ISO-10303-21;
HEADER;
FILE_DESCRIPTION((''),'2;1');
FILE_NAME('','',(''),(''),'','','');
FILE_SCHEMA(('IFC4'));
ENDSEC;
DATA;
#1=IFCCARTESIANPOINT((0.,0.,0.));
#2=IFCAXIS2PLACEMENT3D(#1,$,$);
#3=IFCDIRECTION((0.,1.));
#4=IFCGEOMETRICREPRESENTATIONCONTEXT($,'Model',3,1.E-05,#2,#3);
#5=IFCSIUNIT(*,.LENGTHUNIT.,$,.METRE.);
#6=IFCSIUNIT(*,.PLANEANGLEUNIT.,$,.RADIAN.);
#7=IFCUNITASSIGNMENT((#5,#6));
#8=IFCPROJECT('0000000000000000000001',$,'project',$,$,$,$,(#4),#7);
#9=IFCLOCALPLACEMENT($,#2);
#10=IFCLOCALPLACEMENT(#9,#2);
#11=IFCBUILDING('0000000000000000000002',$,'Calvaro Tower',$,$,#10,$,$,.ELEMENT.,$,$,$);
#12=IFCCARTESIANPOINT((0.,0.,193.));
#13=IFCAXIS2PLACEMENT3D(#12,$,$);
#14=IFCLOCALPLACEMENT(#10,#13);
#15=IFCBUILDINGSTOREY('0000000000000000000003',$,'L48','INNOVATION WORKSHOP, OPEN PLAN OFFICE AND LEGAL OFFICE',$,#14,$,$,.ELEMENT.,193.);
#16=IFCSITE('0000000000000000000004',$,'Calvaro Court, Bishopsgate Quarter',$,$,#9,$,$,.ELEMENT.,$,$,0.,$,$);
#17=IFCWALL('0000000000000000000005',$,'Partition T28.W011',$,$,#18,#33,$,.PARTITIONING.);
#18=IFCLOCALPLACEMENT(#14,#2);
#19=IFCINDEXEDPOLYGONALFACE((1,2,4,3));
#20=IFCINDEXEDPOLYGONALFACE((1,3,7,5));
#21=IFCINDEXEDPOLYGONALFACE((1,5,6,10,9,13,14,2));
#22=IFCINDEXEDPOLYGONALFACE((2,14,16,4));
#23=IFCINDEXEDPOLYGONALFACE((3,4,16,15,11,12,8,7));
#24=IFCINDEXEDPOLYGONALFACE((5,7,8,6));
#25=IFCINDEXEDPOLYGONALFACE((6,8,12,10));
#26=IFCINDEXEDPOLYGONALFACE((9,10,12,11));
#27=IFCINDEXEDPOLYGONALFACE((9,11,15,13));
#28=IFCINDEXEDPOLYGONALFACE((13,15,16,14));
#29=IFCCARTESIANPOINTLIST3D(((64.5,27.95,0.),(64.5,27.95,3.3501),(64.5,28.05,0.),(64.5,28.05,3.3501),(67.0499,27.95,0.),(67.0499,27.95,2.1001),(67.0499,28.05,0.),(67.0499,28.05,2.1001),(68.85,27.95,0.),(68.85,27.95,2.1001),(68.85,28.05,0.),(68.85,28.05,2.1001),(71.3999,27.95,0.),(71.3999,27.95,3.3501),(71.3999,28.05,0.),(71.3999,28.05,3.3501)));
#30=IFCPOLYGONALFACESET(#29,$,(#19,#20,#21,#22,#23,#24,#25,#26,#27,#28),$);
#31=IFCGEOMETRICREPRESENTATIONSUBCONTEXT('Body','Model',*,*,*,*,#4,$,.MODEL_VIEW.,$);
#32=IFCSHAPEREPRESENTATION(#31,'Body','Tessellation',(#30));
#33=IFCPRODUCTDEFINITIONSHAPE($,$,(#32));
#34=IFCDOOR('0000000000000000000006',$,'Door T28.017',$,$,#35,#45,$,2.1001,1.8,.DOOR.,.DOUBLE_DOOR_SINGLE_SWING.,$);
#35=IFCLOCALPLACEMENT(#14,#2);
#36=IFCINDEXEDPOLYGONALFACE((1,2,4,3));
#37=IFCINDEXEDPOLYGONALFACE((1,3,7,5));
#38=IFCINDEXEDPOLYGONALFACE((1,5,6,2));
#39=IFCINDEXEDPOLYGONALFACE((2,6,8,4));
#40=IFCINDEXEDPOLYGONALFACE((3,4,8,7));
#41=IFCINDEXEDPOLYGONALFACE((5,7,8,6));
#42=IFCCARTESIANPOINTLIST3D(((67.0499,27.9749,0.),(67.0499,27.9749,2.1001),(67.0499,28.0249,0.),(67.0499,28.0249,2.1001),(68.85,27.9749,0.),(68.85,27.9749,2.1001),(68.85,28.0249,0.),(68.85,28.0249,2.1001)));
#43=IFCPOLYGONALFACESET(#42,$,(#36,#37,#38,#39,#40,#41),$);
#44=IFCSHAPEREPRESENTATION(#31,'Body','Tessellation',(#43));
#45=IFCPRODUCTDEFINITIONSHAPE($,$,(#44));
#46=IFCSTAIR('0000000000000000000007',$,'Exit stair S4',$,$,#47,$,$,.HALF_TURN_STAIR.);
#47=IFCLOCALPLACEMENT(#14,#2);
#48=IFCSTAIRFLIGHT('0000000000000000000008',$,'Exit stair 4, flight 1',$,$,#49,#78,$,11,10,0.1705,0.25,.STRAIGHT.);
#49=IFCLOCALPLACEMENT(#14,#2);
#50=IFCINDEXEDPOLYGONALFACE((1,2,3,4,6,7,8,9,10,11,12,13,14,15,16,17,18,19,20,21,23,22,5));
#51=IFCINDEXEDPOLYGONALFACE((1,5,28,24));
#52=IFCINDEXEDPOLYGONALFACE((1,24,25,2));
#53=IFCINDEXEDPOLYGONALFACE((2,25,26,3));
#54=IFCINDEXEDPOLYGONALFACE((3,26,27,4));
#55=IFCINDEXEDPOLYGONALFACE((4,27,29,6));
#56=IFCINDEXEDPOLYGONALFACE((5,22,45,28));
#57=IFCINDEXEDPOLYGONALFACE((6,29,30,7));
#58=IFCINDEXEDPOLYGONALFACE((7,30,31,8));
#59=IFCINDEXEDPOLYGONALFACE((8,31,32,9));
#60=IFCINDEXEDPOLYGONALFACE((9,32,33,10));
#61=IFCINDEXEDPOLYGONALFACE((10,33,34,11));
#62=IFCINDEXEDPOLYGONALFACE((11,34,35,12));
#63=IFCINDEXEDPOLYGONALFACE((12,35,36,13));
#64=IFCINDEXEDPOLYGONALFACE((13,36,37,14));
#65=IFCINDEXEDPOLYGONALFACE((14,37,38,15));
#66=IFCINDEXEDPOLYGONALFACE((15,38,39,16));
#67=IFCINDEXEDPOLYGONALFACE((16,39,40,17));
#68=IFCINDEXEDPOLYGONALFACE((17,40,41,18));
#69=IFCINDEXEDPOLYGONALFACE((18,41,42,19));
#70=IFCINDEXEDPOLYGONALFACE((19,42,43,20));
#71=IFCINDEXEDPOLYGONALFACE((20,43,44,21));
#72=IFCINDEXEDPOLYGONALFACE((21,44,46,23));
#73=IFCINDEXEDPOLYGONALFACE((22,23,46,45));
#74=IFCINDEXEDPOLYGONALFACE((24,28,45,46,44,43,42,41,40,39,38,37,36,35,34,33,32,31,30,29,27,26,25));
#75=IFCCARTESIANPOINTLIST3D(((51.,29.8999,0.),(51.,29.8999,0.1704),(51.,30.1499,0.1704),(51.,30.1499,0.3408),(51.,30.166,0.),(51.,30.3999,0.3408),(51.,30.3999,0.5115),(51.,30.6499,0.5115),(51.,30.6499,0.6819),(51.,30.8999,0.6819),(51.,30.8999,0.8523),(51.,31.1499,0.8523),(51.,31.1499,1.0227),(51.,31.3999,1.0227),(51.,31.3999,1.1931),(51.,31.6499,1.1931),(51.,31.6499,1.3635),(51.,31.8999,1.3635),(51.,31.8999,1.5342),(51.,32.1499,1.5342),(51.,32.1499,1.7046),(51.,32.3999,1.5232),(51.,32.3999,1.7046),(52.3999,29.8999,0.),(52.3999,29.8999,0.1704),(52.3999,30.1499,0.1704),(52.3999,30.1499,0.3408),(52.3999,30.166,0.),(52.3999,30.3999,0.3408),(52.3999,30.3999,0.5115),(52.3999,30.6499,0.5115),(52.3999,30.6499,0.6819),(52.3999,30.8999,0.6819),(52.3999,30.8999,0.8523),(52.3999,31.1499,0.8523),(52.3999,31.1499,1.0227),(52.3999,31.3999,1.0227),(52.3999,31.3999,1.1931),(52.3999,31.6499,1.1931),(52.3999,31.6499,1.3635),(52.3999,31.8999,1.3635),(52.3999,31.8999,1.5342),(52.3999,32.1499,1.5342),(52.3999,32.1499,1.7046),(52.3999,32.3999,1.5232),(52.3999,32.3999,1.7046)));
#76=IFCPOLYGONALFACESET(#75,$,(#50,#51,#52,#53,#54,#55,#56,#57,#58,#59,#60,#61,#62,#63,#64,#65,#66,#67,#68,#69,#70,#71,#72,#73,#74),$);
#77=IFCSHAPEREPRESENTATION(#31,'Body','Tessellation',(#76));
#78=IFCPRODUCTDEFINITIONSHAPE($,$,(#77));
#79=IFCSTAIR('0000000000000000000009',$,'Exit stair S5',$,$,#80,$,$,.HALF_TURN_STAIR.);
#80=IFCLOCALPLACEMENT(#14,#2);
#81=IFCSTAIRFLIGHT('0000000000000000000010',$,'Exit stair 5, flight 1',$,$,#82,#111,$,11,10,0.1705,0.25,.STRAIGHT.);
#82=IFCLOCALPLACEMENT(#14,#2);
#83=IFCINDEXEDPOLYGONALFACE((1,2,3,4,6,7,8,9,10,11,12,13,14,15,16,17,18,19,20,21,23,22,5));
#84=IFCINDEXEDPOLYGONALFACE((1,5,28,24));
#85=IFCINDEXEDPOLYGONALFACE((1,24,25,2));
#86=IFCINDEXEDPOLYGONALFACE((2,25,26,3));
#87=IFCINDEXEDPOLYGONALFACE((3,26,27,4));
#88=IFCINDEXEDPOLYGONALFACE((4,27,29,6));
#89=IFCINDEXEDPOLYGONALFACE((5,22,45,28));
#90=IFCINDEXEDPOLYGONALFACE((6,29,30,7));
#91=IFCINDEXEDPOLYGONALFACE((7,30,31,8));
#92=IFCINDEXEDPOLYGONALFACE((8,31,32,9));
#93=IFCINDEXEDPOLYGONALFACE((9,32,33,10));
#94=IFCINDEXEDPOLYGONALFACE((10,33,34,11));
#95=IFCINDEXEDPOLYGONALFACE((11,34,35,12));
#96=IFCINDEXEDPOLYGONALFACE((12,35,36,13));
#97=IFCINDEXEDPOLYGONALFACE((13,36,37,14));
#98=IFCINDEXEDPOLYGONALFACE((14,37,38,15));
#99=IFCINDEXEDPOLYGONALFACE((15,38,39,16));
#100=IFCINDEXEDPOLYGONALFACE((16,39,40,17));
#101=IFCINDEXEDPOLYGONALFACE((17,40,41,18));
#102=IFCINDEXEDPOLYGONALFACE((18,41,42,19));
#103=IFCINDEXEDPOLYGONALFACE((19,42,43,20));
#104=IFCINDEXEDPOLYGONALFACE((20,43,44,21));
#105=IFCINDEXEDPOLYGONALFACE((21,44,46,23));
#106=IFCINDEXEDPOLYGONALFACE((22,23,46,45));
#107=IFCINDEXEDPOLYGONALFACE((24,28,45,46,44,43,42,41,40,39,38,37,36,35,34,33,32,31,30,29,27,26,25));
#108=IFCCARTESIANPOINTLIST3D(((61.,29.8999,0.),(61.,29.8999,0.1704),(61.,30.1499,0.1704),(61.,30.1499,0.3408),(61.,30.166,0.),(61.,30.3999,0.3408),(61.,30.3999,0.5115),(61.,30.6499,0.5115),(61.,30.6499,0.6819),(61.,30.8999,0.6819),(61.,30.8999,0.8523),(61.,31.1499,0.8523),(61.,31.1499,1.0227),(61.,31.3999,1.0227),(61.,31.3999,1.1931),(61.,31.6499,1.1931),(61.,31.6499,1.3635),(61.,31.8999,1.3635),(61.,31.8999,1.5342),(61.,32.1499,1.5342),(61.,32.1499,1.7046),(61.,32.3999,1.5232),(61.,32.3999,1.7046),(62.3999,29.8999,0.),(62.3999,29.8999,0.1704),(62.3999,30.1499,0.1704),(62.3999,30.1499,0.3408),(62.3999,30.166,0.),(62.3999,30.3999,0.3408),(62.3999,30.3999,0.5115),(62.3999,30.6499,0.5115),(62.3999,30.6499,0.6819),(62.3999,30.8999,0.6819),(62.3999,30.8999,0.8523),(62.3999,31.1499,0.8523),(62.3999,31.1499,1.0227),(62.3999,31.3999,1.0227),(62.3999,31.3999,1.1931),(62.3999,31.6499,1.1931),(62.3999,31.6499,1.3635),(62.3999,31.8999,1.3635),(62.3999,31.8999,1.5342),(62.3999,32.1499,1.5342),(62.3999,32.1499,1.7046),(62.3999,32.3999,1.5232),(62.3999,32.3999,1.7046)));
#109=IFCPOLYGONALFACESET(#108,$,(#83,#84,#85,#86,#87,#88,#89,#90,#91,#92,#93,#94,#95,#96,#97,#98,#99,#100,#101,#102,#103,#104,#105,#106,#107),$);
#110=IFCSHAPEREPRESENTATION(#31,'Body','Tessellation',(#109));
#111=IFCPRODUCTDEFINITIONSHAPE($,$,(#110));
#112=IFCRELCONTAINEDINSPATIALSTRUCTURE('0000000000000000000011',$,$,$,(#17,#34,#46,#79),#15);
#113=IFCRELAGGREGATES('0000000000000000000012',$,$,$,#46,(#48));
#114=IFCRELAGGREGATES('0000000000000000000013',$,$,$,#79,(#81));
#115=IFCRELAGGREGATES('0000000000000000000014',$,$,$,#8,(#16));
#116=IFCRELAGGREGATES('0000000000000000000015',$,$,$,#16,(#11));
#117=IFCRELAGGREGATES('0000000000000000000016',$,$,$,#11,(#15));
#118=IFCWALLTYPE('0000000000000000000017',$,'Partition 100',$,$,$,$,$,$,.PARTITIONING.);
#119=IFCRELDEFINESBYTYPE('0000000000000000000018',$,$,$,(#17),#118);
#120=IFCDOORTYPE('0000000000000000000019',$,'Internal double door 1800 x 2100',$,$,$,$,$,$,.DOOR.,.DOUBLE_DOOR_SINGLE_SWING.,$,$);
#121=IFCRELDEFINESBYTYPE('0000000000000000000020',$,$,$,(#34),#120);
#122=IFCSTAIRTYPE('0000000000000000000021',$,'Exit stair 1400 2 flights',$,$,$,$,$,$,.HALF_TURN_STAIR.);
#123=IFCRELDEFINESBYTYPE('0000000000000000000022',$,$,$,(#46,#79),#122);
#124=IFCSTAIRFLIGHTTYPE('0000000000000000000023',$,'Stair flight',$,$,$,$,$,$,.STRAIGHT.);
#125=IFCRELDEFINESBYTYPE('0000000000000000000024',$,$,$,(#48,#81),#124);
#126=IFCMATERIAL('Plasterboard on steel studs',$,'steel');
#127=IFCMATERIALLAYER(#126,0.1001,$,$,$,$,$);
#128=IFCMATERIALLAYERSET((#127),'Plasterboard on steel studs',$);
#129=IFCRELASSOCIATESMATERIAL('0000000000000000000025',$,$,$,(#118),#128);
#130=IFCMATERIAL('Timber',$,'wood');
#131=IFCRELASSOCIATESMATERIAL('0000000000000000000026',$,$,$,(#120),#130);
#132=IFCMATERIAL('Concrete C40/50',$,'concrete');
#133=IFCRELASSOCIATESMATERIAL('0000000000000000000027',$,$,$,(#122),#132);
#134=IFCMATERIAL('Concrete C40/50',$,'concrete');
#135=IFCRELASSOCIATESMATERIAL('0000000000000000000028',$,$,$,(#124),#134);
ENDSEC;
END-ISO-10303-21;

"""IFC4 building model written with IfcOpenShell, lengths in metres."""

from ifc_helpers import new_model, si_unit, direction, frame, frame_2d, origin, place, context, subcontext, project, spatial, polyline, rectangle, outline, extrude, material, layer, layer_set, type_object, element, fill, aggregate, save


model = new_model("IFC4")

# Units and contexts
model_context = context("Model", 3, precision=1e-05, world=origin(), true_north=direction((0.0, 1.0)))
body_context = subcontext(model_context, "Body", "Model", "MODEL_VIEW")
ifc_project = project(units=[si_unit("LENGTHUNIT", "METRE"), si_unit("PLANEANGLEUNIT", "RADIAN")], contexts=[model_context])

# Site, building, storey
site_placement = place(None, origin())
site = spatial("IfcSite", under=ifc_project, at=site_placement, Name="Calvaro Court, Bishopsgate Quarter", CompositionType="ELEMENT", RefElevation=0.0)
building_placement = place(site_placement, origin())
building = spatial("IfcBuilding", under=site, at=building_placement, Name="Calvaro Tower", CompositionType="ELEMENT")
storey_placement = place(building_placement, frame((0.0, 0.0, 193.0)))
storey = spatial("IfcBuildingStorey", under=building, at=storey_placement, Name="L48", Description="INNOVATION WORKSHOP, OPEN PLAN OFFICE AND LEGAL OFFICE", CompositionType="ELEMENT", Elevation=193.0)

# Wall, opening, door
ifc_material_1 = material(Name="Plasterboard on steel studs", Category="steel")
ifc_layer_1 = layer(ifc_material_1, 0.1001)
ifc_layer_set_1 = layer_set([ifc_layer_1], Name="Plasterboard on steel studs")
wall_type_1 = type_object("IfcWallType", Name="Partition 100", PredefinedType="PARTITIONING", material=ifc_layer_set_1)
wall_1_placement = place(storey_placement, frame((64.5, 28.0, 0.0), z_axis=(0.0, 0.0, 1.0), x_axis=(1.0, 0.0, 0.0)))
wall_1 = element("IfcWall", 1, at=wall_1_placement, inside=storey, type_object=wall_type_1, Name="Partition T28.W011", PredefinedType="PARTITIONING", context=body_context, shape_type="SweptSolid", body=[
    extrude(rectangle(XDim=6.8999, YDim=0.1001, at=frame_2d((3.45, 0.0))), origin(), (0.0, 0.0, 1.0), 3.3501),
])
opening_1_placement = place(wall_1_placement, frame((2.55, 0.0, 0.0)))
opening_1 = element("IfcOpeningElement", 2, at=opening_1_placement, cuts=wall_1, PredefinedType="OPENING", context=body_context, shape_type="SweptSolid", body=[
    extrude(rectangle(XDim=1.8, YDim=2.1001, at=frame_2d((0.8999, 1.05))), frame((0.0, 0.0601, 0.0), z_axis=(0.0, -1.0, 0.0), x_axis=(1.0, 0.0, 0.0)), (0.0, 0.0, 1.0), 0.1201),
])
ifc_material_2 = material(Name="Timber", Category="wood")
door_type_1 = type_object("IfcDoorType", Name="Internal double door 1800 x 2100", OperationType="DOUBLE_DOOR_SINGLE_SWING", PredefinedType="DOOR", material=ifc_material_2)
door_1_placement = place(opening_1_placement, origin())
door_1 = element("IfcDoor", 3, at=door_1_placement, inside=storey, type_object=door_type_1, Name="Door T28.017", OperationType="DOUBLE_DOOR_SINGLE_SWING", OverallHeight=2.1001, OverallWidth=1.8, PredefinedType="DOOR", context=body_context, shape_type="SweptSolid", body=[
    extrude(rectangle(XDim=1.8, YDim=2.1001, at=frame_2d((0.8999, 1.05))), frame((0.0, 0.0249, 0.0), z_axis=(0.0, -1.0, 0.0), x_axis=(1.0, 0.0, 0.0)), (0.0, 0.0, 1.0), 0.05),
])
fill(opening_1, door_1)

# Stairs, stair flights
ifc_material_3 = material(Name="Concrete C40/50", Category="concrete")
stair_type = type_object("IfcStairType", Name="Exit stair 1400 2 flights", PredefinedType="HALF_TURN_STAIR", material=ifc_material_3)
stair_1_placement = place(storey_placement, origin())
stair_1 = element("IfcStair", 4, at=stair_1_placement, inside=storey, type_object=stair_type, Name="Exit stair S4", PredefinedType="HALF_TURN_STAIR")
ifc_material_4 = material(Name="Concrete C40/50", Category="concrete")
stair_flight_type = type_object("IfcStairFlightType", Name="Stair flight", PredefinedType="STRAIGHT", material=ifc_material_4)
stair_flight_1_placement = place(storey_placement, frame((51.7, 29.8999, 0.0), z_axis=(0.0, 0.0, 1.0), x_axis=(0.0, 1.0, 0.0)))
stair_flight_1 = element("IfcStairFlight", 5, at=stair_flight_1_placement, type_object=stair_flight_type, Name="Exit stair 4, flight 1", NumberOfRisers=11, NumberOfTreads=10, PredefinedType="STRAIGHT", RiserHeight=0.1705, TreadLength=0.25, context=body_context, shape_type="SweptSolid", body=[
    extrude(outline(polyline([(0.0, 0.0), (0.0, 0.1704), (0.25, 0.1704), (0.25, 0.3408), (0.5, 0.3408), (0.5, 0.5115), (0.75, 0.5115), (0.75, 0.6819), (1.0, 0.6819), (1.0, 0.8523), (1.25, 0.8523), (1.25, 1.0227), (1.5, 1.0227), (1.5, 1.1931), (1.75, 1.1931), (1.75, 1.3635), (2.0, 1.3635), (2.0, 1.5342), (2.25, 1.5342), (2.25, 1.7046), (2.5, 1.7046), (2.5, 1.875), (2.5, 1.5232), (0.2661, 0.0), (0.0, 0.0)])), frame((0.0, 0.7, 0.0), z_axis=(0.0, -1.0, 0.0), x_axis=(1.0, 0.0, 0.0)), (0.0, 0.0, 1.0), 1.3999),
])
stair_2_placement = place(storey_placement, origin())
stair_2 = element("IfcStair", 6, at=stair_2_placement, inside=storey, type_object=stair_type, Name="Exit stair S5", PredefinedType="HALF_TURN_STAIR")
stair_flight_2_placement = place(storey_placement, frame((61.7, 29.8999, 0.0), z_axis=(0.0, 0.0, 1.0), x_axis=(0.0, 1.0, 0.0)))
stair_flight_2 = element("IfcStairFlight", 7, at=stair_flight_2_placement, type_object=stair_flight_type, Name="Exit stair 5, flight 1", NumberOfRisers=11, NumberOfTreads=10, PredefinedType="STRAIGHT", RiserHeight=0.1705, TreadLength=0.25, context=body_context, shape_type="SweptSolid", body=[
    extrude(outline(polyline([(0.0, 0.0), (0.0, 0.1704), (0.25, 0.1704), (0.25, 0.3408), (0.5, 0.3408), (0.5, 0.5115), (0.75, 0.5115), (0.75, 0.6819), (1.0, 0.6819), (1.0, 0.8523), (1.25, 0.8523), (1.25, 1.0227), (1.5, 1.0227), (1.5, 1.1931), (1.75, 1.1931), (1.75, 1.3635), (2.0, 1.3635), (2.0, 1.5342), (2.25, 1.5342), (2.25, 1.7046), (2.5, 1.7046), (2.5, 1.875), (2.5, 1.5232), (0.2661, 0.0), (0.0, 0.0)])), frame((0.0, 0.7, 0.0), z_axis=(0.0, -1.0, 0.0), x_axis=(1.0, 0.0, 0.0)), (0.0, 0.0, 1.0), 1.3999),
])

aggregate(stair_1, [stair_flight_1])
aggregate(stair_2, [stair_flight_2])

save(model, "model.ifc")
